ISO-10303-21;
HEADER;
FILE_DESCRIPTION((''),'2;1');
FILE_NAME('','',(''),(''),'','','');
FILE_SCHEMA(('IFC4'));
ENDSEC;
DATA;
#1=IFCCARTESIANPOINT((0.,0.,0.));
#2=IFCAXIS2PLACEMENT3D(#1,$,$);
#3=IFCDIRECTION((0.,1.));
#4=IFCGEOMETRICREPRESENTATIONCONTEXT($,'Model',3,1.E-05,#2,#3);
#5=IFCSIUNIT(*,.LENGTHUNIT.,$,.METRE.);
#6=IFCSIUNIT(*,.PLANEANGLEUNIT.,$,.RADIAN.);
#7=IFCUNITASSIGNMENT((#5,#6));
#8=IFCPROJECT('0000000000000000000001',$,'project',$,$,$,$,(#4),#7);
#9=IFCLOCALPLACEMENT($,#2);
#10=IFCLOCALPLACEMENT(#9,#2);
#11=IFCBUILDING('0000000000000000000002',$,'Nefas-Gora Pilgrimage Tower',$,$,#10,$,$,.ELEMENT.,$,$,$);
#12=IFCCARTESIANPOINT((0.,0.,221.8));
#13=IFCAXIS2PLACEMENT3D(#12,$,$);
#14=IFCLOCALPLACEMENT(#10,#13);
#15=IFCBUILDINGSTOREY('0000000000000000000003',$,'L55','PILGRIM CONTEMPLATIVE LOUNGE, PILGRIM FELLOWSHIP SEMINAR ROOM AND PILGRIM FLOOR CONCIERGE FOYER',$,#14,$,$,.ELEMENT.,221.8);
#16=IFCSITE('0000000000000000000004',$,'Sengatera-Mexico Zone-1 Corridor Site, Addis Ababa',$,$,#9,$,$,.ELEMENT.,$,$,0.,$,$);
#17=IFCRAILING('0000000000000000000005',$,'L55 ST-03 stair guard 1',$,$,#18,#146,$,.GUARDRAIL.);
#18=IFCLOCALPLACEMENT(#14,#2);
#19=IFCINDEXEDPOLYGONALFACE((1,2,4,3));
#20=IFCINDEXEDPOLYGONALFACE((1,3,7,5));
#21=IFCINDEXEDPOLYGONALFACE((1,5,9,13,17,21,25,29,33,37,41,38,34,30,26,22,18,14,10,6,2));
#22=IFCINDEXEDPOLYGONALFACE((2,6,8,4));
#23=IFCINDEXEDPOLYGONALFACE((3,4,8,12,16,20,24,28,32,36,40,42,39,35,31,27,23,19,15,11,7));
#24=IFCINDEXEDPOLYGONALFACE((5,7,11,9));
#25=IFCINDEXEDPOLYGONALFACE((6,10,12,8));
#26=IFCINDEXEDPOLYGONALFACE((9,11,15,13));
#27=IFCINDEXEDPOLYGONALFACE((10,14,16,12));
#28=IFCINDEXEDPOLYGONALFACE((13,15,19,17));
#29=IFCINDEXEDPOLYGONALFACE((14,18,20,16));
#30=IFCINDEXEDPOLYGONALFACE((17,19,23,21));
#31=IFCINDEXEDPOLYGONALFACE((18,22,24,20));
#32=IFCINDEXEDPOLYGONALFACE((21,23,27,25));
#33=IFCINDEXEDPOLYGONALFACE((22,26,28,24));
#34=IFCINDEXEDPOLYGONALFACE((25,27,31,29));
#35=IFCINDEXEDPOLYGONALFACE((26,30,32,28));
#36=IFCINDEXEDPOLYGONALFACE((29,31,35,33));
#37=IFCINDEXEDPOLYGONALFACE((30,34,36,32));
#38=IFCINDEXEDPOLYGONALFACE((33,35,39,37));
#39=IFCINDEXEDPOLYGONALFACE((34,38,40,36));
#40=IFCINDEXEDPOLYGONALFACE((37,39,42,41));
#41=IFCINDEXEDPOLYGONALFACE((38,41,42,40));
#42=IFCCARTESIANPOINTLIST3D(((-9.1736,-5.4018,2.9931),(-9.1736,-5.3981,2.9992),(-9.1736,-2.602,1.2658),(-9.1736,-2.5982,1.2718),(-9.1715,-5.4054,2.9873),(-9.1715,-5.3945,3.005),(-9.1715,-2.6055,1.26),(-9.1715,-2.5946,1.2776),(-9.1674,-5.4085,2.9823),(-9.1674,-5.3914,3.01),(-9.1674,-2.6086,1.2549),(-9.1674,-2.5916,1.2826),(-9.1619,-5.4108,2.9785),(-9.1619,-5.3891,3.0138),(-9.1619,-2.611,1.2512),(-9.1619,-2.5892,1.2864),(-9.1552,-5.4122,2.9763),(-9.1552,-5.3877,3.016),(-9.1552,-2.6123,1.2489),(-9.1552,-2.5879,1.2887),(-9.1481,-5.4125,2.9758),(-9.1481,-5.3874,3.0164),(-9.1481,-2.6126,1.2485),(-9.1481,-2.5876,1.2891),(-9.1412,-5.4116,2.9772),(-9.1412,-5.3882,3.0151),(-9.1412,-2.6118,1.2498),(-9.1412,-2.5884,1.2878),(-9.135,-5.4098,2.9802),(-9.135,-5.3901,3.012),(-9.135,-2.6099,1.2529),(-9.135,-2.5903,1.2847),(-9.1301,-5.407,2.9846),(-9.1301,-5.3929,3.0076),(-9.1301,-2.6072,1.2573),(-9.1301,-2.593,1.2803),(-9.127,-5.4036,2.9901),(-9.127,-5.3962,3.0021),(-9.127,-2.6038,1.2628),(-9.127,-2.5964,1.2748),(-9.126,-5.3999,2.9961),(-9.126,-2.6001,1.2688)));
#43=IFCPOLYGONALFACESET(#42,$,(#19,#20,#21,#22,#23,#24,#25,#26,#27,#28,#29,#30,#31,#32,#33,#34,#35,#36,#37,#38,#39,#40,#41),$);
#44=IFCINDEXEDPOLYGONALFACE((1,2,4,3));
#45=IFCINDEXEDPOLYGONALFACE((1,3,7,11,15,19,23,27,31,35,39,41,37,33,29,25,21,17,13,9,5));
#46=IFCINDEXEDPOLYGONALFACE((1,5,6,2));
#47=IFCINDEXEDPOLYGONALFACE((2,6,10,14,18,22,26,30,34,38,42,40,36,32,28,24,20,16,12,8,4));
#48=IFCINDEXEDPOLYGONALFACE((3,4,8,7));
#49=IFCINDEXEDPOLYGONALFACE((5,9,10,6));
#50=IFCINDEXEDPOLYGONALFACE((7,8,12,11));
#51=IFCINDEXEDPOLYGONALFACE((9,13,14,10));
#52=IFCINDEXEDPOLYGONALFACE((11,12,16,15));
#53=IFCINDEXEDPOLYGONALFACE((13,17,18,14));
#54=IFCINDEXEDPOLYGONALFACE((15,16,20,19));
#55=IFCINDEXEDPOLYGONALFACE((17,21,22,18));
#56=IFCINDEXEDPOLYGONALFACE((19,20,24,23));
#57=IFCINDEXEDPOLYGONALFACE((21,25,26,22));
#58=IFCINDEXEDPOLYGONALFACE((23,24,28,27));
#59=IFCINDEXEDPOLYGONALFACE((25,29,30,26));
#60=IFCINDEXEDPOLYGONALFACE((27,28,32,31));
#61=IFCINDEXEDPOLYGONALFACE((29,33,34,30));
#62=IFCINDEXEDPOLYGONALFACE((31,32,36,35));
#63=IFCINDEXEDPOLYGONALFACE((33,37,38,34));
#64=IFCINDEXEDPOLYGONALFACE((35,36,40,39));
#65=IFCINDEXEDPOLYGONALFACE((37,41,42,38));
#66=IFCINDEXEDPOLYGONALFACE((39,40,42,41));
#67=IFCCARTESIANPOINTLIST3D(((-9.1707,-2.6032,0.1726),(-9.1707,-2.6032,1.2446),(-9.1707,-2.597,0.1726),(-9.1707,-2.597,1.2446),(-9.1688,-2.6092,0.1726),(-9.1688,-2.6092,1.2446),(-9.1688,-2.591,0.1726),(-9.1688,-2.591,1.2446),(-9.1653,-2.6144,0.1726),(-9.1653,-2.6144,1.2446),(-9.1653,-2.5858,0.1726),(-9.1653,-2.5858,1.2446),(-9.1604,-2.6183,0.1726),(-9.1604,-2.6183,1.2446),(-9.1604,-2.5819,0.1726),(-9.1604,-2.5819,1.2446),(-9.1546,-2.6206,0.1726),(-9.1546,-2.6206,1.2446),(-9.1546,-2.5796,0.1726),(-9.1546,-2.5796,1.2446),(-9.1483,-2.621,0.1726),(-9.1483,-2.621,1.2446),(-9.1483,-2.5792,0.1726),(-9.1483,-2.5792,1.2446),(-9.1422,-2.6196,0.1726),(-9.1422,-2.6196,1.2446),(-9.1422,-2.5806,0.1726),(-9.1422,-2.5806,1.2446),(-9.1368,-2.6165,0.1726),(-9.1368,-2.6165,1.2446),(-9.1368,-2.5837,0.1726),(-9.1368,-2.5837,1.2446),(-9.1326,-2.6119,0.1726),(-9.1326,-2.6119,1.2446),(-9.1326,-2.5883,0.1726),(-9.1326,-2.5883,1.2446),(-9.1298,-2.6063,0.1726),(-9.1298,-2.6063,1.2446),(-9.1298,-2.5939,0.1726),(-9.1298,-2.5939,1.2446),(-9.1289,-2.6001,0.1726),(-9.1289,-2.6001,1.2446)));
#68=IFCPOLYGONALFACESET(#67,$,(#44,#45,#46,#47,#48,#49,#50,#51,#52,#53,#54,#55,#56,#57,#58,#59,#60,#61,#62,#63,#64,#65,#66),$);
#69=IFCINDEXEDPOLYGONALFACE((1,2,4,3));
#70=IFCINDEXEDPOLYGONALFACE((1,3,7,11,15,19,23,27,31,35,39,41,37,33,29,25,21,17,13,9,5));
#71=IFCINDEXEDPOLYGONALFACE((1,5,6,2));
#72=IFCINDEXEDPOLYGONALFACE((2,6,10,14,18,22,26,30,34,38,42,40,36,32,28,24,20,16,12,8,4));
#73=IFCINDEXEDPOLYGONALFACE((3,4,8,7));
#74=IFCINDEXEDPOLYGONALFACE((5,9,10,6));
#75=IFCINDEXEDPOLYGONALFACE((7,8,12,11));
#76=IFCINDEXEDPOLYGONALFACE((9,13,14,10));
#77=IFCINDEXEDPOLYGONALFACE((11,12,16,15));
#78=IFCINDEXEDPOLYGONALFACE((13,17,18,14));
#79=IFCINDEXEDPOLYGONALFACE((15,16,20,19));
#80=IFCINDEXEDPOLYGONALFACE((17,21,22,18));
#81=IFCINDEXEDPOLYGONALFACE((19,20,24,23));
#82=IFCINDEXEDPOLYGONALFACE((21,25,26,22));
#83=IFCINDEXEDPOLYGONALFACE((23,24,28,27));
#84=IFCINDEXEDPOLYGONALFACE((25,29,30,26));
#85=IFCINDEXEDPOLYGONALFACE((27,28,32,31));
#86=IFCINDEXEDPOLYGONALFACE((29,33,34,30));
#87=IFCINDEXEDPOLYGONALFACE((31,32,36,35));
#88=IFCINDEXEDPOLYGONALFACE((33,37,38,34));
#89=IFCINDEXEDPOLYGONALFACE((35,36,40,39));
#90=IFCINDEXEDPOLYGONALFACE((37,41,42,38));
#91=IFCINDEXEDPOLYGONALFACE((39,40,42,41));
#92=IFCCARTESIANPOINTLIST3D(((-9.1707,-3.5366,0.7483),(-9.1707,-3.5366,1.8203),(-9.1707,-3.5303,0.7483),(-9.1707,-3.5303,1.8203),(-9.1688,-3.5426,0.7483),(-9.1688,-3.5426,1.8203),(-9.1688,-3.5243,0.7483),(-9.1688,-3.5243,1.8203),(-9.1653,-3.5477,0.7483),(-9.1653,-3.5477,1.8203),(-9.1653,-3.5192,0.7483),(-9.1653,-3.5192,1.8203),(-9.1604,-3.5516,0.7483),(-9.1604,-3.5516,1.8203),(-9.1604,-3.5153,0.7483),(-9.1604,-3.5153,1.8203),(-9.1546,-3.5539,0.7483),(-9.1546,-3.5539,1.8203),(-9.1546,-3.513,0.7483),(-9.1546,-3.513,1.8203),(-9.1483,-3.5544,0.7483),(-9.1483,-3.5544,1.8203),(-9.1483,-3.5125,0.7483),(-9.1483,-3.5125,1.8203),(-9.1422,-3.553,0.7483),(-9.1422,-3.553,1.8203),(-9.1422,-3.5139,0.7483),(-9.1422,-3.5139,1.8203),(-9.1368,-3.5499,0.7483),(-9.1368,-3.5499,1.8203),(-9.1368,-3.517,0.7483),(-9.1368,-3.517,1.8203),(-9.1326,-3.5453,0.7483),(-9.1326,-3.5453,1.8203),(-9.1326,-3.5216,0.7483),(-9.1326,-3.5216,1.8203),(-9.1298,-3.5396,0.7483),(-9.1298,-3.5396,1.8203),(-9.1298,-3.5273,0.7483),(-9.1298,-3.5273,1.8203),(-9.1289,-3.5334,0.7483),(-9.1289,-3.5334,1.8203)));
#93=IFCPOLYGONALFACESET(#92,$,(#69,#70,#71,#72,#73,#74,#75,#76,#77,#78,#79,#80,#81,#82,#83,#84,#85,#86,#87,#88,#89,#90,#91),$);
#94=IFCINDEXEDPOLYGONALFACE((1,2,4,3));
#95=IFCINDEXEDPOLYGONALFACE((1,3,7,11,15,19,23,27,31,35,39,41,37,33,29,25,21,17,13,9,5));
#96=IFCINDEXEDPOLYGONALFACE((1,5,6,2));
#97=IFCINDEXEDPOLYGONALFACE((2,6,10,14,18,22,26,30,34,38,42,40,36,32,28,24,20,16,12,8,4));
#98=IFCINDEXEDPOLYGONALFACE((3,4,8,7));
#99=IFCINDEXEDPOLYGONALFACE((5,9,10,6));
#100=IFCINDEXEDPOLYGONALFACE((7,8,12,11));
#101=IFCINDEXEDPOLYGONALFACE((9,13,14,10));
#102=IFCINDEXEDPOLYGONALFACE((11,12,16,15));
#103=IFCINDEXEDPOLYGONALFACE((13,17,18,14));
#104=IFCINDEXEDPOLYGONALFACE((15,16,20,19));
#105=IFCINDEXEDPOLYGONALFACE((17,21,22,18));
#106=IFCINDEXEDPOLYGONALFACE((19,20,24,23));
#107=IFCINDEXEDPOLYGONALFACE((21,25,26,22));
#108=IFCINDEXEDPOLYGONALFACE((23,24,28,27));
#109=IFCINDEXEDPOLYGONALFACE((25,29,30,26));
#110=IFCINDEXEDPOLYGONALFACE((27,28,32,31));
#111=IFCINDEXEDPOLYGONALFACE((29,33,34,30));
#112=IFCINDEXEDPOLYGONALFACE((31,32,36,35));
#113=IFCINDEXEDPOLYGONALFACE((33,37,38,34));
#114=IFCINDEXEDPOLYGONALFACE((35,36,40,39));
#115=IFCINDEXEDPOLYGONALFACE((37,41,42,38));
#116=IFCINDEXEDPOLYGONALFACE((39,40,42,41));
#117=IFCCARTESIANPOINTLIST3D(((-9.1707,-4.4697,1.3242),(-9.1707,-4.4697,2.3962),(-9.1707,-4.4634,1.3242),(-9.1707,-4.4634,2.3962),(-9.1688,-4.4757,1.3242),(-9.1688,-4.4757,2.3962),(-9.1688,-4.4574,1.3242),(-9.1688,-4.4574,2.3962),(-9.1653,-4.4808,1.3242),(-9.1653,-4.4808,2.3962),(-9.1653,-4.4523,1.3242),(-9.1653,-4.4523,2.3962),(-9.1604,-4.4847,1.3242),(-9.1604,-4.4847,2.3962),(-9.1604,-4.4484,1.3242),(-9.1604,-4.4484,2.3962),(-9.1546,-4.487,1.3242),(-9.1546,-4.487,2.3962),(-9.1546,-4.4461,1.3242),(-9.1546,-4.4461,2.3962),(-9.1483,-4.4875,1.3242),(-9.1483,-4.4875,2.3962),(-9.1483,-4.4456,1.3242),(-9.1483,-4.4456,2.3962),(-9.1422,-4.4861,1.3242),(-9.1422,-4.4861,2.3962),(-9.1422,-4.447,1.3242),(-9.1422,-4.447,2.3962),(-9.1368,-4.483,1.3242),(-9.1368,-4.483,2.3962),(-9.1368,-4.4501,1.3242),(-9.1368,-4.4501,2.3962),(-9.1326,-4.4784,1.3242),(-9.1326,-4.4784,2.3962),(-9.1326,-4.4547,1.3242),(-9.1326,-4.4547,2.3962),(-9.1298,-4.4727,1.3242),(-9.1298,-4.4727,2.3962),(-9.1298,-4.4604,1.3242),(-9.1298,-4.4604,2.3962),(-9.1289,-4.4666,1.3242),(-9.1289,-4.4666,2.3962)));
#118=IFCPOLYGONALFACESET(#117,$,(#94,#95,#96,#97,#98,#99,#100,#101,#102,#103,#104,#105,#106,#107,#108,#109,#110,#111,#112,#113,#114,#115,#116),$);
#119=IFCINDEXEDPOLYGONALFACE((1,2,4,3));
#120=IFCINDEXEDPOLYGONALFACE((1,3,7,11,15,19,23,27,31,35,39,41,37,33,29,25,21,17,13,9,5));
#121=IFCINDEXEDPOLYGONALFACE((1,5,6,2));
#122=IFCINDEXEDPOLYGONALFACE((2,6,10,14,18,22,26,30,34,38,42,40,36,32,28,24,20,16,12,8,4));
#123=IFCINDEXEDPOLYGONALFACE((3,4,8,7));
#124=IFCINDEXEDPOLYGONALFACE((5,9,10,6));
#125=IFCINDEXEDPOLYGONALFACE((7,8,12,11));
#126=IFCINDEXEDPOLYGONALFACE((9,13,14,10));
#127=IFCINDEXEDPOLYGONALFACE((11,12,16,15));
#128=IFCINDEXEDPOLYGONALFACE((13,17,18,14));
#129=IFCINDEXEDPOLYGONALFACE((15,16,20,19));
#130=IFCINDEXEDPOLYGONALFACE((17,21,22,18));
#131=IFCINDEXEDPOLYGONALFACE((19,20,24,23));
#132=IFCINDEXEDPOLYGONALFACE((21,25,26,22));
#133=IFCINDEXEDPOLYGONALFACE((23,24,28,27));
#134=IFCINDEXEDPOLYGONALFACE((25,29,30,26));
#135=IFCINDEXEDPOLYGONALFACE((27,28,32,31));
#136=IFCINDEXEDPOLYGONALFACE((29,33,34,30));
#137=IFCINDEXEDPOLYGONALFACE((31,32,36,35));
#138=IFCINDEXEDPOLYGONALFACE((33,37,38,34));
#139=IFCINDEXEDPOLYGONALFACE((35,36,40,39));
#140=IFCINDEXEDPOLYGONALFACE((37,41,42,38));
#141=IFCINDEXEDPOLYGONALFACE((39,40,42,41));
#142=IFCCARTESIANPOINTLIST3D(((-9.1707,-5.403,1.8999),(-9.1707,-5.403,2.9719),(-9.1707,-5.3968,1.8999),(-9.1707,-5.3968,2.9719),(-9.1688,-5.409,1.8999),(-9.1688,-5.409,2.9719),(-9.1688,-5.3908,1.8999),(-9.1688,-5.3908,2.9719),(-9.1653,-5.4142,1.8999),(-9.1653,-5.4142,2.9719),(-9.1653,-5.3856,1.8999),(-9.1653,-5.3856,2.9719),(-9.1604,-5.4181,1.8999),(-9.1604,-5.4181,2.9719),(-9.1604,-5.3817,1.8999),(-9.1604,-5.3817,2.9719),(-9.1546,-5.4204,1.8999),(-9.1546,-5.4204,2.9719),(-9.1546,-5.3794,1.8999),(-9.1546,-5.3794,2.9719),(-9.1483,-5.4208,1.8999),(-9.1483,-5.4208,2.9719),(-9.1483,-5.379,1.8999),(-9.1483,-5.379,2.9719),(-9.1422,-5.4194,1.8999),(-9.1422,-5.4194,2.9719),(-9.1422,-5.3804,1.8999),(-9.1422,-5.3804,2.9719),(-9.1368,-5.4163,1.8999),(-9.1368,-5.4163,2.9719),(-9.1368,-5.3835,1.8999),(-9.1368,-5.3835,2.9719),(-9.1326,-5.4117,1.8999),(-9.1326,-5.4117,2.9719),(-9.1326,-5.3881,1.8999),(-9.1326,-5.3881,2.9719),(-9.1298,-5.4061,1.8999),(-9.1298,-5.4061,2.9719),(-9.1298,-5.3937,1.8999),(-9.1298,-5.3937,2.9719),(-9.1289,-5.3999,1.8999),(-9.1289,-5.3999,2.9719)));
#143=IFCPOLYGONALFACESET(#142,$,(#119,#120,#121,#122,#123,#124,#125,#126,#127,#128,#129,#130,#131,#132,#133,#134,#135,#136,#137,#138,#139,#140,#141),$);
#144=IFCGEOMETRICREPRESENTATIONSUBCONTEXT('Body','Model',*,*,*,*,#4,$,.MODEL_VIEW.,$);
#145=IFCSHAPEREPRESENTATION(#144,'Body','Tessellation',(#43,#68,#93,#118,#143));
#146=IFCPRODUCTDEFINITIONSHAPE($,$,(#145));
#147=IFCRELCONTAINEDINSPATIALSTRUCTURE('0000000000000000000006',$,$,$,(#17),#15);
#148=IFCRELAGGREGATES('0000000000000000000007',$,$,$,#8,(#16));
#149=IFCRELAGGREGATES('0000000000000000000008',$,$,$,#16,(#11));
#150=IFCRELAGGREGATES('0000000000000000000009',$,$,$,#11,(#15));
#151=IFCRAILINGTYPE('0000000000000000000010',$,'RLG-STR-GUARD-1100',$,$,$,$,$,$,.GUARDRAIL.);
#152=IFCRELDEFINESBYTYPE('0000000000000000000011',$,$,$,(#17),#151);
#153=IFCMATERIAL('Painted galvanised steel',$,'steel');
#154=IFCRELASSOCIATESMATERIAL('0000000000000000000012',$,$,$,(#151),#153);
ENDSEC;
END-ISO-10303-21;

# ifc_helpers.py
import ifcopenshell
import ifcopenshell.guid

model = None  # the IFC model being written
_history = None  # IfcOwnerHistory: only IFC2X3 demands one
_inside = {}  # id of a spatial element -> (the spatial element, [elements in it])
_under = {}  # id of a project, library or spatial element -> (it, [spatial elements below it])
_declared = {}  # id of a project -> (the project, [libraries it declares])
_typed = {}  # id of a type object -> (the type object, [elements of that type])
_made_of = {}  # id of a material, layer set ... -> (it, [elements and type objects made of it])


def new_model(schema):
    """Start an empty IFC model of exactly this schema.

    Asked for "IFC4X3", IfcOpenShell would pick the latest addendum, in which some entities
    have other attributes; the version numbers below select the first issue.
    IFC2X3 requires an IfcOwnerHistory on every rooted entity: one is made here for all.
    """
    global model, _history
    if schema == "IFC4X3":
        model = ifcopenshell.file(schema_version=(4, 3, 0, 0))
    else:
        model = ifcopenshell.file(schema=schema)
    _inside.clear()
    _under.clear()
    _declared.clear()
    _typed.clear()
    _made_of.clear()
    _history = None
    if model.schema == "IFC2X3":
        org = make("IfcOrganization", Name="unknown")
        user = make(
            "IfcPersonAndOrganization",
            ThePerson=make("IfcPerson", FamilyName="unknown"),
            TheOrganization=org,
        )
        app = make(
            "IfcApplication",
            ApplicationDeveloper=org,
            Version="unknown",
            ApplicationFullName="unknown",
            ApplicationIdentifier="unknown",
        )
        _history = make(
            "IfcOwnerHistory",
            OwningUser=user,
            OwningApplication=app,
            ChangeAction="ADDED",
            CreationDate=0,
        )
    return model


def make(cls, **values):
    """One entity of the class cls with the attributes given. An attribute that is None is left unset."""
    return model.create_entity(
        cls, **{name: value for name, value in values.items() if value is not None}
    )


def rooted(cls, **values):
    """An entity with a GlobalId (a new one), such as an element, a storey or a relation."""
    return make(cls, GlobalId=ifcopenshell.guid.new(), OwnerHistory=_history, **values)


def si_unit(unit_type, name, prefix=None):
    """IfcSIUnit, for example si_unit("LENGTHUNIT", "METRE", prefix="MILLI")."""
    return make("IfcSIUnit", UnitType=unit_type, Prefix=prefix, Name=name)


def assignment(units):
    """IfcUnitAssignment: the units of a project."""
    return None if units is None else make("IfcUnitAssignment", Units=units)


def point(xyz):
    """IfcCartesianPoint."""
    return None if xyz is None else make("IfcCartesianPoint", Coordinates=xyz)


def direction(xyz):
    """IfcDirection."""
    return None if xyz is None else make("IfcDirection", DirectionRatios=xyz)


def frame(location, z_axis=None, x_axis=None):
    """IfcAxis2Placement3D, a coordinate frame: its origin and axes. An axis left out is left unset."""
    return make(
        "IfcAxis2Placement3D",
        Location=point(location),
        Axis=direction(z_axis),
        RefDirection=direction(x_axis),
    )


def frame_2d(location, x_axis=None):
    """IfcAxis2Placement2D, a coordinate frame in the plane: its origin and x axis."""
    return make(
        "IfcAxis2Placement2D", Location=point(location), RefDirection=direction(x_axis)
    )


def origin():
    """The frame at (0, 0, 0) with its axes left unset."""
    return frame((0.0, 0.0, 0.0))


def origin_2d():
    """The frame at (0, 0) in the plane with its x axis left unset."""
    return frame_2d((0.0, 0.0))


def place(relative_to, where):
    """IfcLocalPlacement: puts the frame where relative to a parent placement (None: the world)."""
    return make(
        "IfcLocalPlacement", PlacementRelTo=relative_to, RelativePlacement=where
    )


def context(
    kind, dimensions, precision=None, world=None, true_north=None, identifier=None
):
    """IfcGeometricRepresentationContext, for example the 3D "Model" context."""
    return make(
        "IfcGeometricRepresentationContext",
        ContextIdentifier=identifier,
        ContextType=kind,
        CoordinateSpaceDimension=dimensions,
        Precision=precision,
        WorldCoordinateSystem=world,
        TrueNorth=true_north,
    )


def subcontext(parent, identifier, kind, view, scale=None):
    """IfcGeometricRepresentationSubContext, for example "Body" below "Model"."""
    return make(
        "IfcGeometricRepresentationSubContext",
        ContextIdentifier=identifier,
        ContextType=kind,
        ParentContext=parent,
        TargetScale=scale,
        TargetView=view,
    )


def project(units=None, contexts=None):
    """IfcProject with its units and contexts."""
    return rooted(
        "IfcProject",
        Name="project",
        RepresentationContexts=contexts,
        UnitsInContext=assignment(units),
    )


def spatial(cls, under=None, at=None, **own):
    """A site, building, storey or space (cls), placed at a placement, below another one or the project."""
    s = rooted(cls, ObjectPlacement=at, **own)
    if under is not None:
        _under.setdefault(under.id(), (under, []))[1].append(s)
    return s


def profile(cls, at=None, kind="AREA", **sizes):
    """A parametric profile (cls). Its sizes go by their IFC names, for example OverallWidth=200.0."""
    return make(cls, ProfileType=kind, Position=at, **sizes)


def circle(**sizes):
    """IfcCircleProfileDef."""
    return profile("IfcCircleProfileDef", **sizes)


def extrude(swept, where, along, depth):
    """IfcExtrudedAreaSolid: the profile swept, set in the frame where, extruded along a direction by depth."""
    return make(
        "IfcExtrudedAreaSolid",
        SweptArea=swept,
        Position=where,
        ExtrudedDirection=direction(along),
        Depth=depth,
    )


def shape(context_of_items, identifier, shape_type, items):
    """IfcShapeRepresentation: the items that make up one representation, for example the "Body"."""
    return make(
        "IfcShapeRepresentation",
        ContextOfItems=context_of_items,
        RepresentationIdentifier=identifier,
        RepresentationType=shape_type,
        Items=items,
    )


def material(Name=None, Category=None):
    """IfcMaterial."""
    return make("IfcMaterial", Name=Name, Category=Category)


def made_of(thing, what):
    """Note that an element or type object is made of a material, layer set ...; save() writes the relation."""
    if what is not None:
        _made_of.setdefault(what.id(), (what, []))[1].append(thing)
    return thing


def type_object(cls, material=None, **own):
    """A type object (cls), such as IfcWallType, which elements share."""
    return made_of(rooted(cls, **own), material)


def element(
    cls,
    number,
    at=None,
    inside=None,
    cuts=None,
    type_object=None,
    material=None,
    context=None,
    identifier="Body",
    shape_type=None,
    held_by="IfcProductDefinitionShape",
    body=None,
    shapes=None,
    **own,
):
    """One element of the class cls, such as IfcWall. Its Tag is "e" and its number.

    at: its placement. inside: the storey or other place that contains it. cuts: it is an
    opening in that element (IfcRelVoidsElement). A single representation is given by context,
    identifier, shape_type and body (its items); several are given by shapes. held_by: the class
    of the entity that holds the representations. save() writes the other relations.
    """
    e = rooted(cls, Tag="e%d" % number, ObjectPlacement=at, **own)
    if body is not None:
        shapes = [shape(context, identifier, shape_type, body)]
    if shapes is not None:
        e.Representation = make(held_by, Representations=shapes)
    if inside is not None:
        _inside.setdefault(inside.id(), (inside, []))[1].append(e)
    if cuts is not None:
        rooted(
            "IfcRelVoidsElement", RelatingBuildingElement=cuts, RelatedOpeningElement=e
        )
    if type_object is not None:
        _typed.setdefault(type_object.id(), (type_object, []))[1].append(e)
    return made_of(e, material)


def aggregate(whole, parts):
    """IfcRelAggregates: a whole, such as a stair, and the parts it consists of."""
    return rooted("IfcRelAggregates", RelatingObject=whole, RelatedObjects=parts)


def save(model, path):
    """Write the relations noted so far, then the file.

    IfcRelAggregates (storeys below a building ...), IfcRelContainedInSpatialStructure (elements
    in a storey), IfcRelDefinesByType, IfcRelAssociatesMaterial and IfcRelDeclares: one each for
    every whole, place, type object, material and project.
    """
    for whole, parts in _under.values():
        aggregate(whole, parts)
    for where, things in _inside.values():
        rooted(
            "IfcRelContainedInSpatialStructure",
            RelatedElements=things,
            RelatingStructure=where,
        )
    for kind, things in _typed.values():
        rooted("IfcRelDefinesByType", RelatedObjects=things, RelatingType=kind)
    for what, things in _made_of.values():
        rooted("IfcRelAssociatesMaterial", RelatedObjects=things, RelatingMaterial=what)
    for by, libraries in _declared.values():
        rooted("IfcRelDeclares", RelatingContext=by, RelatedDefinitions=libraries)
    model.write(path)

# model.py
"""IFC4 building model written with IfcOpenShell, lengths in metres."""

from ifc_helpers import new_model, si_unit, direction, frame, origin, origin_2d, place, context, subcontext, project, spatial, circle, extrude, material, type_object, element, save


model = new_model("IFC4")

# Units and contexts
model_context = context("Model", 3, precision=1e-05, world=origin(), true_north=direction((0.0, 1.0)))
body_context = subcontext(model_context, "Body", "Model", "MODEL_VIEW")
ifc_project = project(units=[si_unit("LENGTHUNIT", "METRE"), si_unit("PLANEANGLEUNIT", "RADIAN")], contexts=[model_context])

# Site, building, storey
site_placement = place(None, origin())
site = spatial("IfcSite", under=ifc_project, at=site_placement, Name="Sengatera-Mexico Zone-1 Corridor Site, Addis Ababa", CompositionType="ELEMENT", RefElevation=0.0)
building_placement = place(site_placement, origin())
building = spatial("IfcBuilding", under=site, at=building_placement, Name="Nefas-Gora Pilgrimage Tower", CompositionType="ELEMENT")
storey_placement = place(building_placement, frame((0.0, 0.0, 221.8)))
storey = spatial("IfcBuildingStorey", under=building, at=storey_placement, Name="L55", Description="PILGRIM CONTEMPLATIVE LOUNGE, PILGRIM FELLOWSHIP SEMINAR ROOM AND PILGRIM FLOOR CONCIERGE FOYER", CompositionType="ELEMENT", Elevation=221.8)

# Railing
ifc_material_1 = material(Name="Painted galvanised steel", Category="steel")
railing_type_1 = type_object("IfcRailingType", Name="RLG-STR-GUARD-1100", PredefinedType="GUARDRAIL", material=ifc_material_1)
railing_1_placement = place(storey_placement, frame((-9.1499, -2.6001, 0.1726)))
element("IfcRailing", 1, at=railing_1_placement, inside=storey, type_object=railing_type_1, Name="L55 ST-03 stair guard 1", PredefinedType="GUARDRAIL", context=body_context, shape_type="SweptSolid", body=[
    extrude(circle(Radius=0.0239, at=origin_2d()), frame((0.0, 0.0, 1.0962), z_axis=(0.0, -0.851069, 0.525054), x_axis=(1.0, 0.0, 0.0)), (0.0, 0.0, 1.0), 3.2898),
    extrude(circle(Radius=0.021, at=origin_2d()), origin(), (0.0, 0.0, 1.0), 1.072),
    extrude(circle(Radius=0.021, at=origin_2d()), frame((0.0, -0.9333, 0.5757)), (0.0, 0.0, 1.0), 1.072),
    extrude(circle(Radius=0.021, at=origin_2d()), frame((0.0, -1.8665, 1.1516)), (0.0, 0.0, 1.0), 1.072),
    extrude(circle(Radius=0.021, at=origin_2d()), frame((0.0, -2.7998, 1.7273)), (0.0, 0.0, 1.0), 1.072),
])

save(model, "model.ifc")
